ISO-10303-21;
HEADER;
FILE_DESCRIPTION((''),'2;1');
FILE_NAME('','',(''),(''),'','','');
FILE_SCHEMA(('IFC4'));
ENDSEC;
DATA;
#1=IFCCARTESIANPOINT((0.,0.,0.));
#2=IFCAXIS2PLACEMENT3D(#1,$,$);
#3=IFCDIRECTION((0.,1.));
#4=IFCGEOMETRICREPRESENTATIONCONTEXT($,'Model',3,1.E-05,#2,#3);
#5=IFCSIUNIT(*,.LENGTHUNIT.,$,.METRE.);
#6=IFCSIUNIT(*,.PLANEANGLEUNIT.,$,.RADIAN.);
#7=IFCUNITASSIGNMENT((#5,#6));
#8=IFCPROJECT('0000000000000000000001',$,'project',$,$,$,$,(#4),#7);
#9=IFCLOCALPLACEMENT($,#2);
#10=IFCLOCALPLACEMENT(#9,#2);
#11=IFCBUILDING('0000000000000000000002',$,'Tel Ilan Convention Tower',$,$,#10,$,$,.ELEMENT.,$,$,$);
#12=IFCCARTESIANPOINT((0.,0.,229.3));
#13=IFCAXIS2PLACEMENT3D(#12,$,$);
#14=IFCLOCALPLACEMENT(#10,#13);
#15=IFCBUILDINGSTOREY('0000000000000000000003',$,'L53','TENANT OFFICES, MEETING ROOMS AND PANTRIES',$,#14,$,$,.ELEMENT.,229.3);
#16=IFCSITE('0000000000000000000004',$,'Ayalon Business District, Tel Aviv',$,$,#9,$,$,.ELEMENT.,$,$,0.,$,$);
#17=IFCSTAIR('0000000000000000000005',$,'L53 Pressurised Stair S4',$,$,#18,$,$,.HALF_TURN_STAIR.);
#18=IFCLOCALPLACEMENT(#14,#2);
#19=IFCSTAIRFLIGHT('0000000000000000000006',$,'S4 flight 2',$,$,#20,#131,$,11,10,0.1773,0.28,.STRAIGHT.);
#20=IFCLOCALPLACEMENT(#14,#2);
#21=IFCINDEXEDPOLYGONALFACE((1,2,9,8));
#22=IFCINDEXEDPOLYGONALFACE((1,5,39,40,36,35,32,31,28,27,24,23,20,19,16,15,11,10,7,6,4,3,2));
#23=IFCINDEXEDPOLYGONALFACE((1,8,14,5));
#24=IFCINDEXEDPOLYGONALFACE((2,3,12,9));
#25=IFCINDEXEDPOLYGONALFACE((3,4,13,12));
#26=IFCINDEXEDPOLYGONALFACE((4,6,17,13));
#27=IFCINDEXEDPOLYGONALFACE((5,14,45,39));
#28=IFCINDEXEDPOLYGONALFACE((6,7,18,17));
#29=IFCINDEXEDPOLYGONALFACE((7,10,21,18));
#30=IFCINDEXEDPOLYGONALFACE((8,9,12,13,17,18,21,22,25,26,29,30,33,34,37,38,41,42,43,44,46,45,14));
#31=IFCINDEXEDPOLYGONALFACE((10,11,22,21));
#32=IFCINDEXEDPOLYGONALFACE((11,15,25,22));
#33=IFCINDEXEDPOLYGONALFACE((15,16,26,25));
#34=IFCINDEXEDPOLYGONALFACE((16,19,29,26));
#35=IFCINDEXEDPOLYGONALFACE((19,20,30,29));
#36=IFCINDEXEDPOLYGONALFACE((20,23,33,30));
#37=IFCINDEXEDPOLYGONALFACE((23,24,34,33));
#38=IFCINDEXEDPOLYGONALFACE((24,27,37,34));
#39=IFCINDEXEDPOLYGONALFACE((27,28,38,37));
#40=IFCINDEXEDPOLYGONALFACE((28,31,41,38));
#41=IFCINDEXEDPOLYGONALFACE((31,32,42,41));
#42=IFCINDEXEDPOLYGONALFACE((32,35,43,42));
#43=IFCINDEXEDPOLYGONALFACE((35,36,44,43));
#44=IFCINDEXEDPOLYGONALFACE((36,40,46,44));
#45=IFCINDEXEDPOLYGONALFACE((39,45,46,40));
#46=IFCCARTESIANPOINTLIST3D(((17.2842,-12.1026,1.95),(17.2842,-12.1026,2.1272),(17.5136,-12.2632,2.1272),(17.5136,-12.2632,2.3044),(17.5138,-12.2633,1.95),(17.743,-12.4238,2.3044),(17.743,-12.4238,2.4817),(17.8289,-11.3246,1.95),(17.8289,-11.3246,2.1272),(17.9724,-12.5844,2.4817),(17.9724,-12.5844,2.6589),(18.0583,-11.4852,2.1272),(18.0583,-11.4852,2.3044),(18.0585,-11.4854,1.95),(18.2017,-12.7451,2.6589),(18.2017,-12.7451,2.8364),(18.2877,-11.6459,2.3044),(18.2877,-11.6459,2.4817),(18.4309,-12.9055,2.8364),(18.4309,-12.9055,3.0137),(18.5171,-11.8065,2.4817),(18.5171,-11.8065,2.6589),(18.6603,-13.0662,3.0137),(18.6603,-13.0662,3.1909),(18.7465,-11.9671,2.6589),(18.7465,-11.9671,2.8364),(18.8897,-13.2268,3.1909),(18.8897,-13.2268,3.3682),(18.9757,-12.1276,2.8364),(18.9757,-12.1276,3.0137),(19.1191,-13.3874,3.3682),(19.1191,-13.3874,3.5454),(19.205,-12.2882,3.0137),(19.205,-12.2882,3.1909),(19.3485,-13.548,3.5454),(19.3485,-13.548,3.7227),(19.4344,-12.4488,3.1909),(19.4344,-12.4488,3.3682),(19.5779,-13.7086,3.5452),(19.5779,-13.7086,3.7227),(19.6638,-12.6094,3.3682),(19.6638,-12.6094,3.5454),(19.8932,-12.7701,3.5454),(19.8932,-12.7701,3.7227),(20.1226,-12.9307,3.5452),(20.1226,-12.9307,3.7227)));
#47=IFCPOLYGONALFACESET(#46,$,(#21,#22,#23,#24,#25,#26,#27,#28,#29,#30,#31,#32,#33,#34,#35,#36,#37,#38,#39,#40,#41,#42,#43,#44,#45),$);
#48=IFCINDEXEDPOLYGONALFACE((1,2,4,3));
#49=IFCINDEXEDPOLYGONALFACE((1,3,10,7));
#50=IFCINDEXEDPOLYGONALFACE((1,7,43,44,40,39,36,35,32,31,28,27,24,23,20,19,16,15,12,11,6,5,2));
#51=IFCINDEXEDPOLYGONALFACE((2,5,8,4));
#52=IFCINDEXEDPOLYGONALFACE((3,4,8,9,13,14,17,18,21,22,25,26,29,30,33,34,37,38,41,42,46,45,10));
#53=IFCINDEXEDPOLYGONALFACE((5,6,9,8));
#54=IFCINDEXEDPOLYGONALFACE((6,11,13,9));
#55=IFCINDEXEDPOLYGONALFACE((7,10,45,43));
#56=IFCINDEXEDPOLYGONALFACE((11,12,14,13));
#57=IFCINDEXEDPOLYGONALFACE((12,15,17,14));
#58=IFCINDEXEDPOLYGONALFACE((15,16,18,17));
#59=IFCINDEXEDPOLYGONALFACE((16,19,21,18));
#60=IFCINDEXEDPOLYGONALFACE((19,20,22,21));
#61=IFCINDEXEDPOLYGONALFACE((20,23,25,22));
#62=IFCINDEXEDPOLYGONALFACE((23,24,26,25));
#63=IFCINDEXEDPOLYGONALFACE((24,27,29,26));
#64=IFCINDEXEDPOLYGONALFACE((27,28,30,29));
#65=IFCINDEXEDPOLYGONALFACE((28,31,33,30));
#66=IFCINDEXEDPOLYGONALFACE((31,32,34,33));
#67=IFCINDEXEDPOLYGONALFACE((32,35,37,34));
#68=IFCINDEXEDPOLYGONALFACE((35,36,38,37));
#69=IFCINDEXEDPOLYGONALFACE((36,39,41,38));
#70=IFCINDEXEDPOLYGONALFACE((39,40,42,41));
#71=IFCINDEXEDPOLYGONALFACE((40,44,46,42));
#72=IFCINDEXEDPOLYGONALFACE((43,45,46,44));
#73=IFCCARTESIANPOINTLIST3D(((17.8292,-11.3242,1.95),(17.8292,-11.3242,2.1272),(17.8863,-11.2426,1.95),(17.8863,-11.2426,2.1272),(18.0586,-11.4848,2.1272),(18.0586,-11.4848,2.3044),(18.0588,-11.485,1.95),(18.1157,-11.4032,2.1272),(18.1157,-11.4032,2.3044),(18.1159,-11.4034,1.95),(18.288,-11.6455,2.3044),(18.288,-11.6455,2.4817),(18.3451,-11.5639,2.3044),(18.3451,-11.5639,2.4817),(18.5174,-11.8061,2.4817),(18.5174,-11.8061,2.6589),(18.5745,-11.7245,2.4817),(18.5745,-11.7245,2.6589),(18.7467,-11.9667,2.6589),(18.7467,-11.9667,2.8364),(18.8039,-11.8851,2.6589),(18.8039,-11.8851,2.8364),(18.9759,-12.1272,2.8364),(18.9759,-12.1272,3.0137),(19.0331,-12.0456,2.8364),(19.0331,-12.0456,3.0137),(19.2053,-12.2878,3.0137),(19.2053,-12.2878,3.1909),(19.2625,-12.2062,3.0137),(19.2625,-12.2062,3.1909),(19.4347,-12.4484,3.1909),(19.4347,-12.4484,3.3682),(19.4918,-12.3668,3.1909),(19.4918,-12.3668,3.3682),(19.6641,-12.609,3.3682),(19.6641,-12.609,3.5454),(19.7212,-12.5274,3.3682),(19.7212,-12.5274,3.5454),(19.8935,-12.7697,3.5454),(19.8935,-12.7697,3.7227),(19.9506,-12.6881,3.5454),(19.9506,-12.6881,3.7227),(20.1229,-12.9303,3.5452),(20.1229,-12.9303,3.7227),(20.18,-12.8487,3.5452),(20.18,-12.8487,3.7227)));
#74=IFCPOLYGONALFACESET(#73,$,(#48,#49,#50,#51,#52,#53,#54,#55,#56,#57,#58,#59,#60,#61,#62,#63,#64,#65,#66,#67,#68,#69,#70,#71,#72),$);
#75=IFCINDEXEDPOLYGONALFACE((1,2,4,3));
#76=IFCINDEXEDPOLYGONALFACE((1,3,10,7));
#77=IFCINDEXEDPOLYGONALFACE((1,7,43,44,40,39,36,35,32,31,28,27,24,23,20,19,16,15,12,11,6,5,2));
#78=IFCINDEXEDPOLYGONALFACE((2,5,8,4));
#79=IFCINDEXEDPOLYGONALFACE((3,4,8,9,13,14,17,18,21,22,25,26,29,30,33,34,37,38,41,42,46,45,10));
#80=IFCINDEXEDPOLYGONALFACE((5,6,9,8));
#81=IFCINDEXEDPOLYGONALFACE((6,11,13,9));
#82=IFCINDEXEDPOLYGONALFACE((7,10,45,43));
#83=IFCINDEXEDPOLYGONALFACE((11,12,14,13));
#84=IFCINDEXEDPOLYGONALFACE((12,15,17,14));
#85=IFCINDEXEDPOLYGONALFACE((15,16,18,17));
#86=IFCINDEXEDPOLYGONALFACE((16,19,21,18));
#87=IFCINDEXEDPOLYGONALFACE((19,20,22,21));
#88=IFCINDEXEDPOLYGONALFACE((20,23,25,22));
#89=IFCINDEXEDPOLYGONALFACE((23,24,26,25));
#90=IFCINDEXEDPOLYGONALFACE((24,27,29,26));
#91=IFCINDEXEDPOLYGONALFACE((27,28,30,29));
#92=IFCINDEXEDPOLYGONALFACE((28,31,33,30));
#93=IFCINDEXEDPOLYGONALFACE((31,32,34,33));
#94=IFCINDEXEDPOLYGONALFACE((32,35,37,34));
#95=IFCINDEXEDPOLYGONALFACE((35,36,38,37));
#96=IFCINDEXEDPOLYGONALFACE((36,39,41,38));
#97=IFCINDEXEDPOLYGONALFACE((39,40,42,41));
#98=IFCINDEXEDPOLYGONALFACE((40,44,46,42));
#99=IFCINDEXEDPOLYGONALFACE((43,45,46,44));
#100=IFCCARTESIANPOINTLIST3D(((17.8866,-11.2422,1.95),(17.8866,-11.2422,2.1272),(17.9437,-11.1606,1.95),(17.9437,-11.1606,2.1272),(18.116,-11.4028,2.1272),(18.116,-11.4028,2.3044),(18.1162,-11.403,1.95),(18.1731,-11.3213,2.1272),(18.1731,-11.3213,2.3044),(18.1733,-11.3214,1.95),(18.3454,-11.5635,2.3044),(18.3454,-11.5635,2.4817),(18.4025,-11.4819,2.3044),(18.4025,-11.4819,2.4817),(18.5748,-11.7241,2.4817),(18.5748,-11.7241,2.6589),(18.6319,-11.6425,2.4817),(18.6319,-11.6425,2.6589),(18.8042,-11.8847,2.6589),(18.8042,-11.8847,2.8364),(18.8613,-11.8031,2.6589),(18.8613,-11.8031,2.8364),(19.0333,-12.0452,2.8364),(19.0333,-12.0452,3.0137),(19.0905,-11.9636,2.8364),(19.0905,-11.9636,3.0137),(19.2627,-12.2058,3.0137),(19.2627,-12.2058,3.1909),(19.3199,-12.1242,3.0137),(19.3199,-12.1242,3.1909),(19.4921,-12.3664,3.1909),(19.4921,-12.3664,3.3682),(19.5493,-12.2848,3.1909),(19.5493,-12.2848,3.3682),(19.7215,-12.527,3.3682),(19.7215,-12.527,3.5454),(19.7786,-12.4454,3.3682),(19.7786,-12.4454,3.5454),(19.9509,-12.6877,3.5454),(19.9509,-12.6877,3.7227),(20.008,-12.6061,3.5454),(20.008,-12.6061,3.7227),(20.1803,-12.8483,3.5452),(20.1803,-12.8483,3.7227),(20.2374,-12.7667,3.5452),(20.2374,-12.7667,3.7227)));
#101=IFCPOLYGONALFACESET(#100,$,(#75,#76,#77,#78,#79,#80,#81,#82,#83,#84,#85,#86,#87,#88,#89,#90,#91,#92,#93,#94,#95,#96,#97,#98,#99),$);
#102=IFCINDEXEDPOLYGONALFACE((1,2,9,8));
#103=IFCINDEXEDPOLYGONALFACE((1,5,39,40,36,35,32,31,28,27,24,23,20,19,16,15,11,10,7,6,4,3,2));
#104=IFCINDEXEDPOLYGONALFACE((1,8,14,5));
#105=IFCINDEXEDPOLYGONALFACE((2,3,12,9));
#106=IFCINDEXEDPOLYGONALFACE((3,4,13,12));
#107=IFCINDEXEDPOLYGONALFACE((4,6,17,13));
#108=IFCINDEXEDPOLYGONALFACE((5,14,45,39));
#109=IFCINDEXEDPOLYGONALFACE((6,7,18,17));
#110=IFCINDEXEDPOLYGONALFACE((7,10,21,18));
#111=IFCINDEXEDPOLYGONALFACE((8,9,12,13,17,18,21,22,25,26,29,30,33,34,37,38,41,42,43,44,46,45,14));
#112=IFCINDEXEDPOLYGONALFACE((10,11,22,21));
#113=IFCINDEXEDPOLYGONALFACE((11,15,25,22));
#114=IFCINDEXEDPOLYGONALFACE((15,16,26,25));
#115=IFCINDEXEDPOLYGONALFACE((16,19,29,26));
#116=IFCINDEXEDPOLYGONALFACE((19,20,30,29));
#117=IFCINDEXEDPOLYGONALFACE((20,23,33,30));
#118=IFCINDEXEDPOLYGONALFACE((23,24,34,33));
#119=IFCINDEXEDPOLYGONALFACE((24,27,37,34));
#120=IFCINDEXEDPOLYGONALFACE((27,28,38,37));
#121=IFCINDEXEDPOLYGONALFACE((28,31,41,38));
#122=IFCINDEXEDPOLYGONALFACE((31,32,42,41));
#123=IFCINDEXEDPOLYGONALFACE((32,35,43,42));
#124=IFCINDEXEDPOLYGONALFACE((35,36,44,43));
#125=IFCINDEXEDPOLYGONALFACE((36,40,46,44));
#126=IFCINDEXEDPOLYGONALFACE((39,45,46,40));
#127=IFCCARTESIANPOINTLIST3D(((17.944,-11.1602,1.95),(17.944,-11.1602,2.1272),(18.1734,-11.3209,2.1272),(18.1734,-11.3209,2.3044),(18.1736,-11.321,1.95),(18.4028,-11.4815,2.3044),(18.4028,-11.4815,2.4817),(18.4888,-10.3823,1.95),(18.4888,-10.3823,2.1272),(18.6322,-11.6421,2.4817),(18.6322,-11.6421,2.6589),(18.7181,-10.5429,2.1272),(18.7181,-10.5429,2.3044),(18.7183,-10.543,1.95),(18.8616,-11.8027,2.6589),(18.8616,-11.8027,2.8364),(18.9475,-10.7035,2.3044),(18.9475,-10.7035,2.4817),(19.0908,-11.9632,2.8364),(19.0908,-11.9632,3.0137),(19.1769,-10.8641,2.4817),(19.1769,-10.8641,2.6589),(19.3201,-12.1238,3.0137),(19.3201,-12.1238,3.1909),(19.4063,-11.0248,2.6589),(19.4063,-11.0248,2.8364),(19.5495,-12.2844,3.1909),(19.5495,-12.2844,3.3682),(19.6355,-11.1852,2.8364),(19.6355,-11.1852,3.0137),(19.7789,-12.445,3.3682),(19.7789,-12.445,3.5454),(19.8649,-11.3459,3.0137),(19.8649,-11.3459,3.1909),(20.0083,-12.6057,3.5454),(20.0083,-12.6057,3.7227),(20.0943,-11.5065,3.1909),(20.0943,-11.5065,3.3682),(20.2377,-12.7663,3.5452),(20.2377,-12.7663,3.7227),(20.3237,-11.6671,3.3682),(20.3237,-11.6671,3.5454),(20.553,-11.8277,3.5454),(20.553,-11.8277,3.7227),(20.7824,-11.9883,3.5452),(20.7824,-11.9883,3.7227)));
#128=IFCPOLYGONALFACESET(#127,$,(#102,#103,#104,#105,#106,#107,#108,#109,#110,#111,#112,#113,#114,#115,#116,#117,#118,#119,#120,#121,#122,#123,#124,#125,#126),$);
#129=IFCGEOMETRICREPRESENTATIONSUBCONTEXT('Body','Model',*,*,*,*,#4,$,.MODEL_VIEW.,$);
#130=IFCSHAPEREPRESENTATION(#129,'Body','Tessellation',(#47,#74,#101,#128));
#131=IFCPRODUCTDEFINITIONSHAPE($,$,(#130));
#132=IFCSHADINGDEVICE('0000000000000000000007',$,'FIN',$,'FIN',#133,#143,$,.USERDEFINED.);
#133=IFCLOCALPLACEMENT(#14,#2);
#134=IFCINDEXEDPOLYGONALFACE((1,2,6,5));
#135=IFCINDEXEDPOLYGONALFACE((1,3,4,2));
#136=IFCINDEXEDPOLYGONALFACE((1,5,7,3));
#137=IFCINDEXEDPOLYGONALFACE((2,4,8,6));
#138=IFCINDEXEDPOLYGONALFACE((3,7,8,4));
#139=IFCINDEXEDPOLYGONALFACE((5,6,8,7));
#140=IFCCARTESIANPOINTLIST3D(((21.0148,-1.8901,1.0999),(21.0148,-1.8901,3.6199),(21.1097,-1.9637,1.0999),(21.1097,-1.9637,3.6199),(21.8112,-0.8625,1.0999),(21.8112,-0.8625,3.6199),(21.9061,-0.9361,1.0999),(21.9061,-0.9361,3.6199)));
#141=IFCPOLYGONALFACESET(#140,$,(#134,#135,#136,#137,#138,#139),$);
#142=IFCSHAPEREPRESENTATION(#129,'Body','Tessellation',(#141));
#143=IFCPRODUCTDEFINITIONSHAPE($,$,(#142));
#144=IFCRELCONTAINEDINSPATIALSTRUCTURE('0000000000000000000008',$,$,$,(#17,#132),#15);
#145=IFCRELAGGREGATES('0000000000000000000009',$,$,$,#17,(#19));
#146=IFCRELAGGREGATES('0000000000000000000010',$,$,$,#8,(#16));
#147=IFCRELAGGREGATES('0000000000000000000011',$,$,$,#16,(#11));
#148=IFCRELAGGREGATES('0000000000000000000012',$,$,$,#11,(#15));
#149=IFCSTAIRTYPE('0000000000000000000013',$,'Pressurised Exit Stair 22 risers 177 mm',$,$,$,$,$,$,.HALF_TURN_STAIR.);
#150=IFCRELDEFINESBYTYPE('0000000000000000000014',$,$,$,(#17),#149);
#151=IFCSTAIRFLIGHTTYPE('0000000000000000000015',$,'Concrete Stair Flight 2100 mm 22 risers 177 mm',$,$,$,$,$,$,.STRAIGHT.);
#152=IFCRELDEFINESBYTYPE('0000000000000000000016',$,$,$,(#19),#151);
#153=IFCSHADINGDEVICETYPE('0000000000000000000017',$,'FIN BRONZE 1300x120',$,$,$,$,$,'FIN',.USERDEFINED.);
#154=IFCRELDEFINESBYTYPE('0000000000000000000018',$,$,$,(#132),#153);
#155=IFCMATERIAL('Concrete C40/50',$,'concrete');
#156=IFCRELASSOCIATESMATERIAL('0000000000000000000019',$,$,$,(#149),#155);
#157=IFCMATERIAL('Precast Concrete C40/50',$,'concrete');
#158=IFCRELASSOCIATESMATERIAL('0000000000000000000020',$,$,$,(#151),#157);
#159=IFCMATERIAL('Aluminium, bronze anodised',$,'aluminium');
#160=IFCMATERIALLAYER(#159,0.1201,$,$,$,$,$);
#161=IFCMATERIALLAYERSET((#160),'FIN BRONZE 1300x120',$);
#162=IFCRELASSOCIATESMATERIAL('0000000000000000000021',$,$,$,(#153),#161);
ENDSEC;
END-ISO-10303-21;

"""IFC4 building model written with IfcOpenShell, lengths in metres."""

from ifc_helpers import new_model, si_unit, direction, frame, origin, origin_2d, place, context, subcontext, project, spatial, polyline, rectangle, outline, extrude, material, layer, layer_set, type_object, element, aggregate, save


model = new_model("IFC4")

# Units and contexts
model_context = context("Model", 3, precision=1e-05, world=origin(), true_north=direction((0.0, 1.0)))
body_context = subcontext(model_context, "Body", "Model", "MODEL_VIEW")
ifc_project = project(units=[si_unit("LENGTHUNIT", "METRE"), si_unit("PLANEANGLEUNIT", "RADIAN")], contexts=[model_context])

# Site, building, storey
site_placement = place(None, origin())
site = spatial("IfcSite", under=ifc_project, at=site_placement, Name="Ayalon Business District, Tel Aviv", CompositionType="ELEMENT", RefElevation=0.0)
building_placement = place(site_placement, origin())
building = spatial("IfcBuilding", under=site, at=building_placement, Name="Tel Ilan Convention Tower", CompositionType="ELEMENT")
storey_placement = place(building_placement, frame((0.0, 0.0, 229.3)))
storey = spatial("IfcBuildingStorey", under=building, at=storey_placement, Name="L53", Description="TENANT OFFICES, MEETING ROOMS AND PANTRIES", CompositionType="ELEMENT", Elevation=229.3)

# Shared definitions
ifc_material_1 = material(Name="Concrete C40/50", Category="concrete")
stair_type = type_object("IfcStairType", Name="Pressurised Exit Stair 22 risers 177 mm", PredefinedType="HALF_TURN_STAIR", material=ifc_material_1)
ifc_material_2 = material(Name="Precast Concrete C40/50", Category="concrete")
stair_flight_type = type_object("IfcStairFlightType", Name="Concrete Stair Flight 2100 mm 22 risers 177 mm", PredefinedType="STRAIGHT", material=ifc_material_2)

# Stair, stair flight
stair_1_placement = place(storey_placement, origin())
stair_1 = element("IfcStair", 1, at=stair_1_placement, inside=storey, type_object=stair_type, Name="L53 Pressurised Stair S4", PredefinedType="HALF_TURN_STAIR")
stair_flight_1_placement = place(storey_placement, frame((17.8865, -11.2424, 1.95), z_axis=(0.0, 0.0, 1.0), x_axis=(0.819152, -0.573576, 0.0)))
stair_flight_1 = element("IfcStairFlight", 2, at=stair_flight_1_placement, type_object=stair_flight_type, Name="S4 flight 2", NumberOfRisers=11, NumberOfTreads=10, PredefinedType="STRAIGHT", RiserHeight=0.1773, TreadLength=0.28, context=body_context, shape_type="SweptSolid", body=[
    extrude(outline(polyline([(0.0, 0.0), (0.0, 0.1772), (0.28, 0.1772), (0.28, 0.3545), (0.5601, 0.3545), (0.5601, 0.5317), (0.8401, 0.5317), (0.8401, 0.709), (1.1201, 0.709), (1.1201, 0.8865), (1.3999, 0.8865), (1.3999, 1.0637), (1.6799, 1.0637), (1.6799, 1.241), (1.96, 1.241), (1.96, 1.4182), (2.24, 1.4182), (2.24, 1.5955), (2.52, 1.5955), (2.52, 1.7727), (2.8, 1.7727), (2.8, 1.95), (2.8, 1.5952), (0.2803, 0.0), (0.0, 0.0)])), frame((0.0, -0.1003, 0.0), z_axis=(0.0, -1.0, 0.0), x_axis=(1.0, 0.0, 0.0)), (0.0, 0.0, 1.0), 0.9497),
    extrude(outline(polyline([(0.0, 0.0), (0.0, 0.1772), (0.28, 0.1772), (0.28, 0.3545), (0.5601, 0.3545), (0.5601, 0.5317), (0.8401, 0.5317), (0.8401, 0.709), (1.1201, 0.709), (1.1201, 0.8865), (1.3999, 0.8865), (1.3999, 1.0637), (1.6799, 1.0637), (1.6799, 1.241), (1.96, 1.241), (1.96, 1.4182), (2.24, 1.4182), (2.24, 1.5955), (2.52, 1.5955), (2.52, 1.7727), (2.8, 1.7727), (2.8, 1.95), (2.8, 1.5952), (0.2803, 0.0), (0.0, 0.0)])), frame((0.0, -0.0002, 0.0), z_axis=(0.0, -1.0, 0.0), x_axis=(1.0, 0.0, 0.0)), (0.0, 0.0, 1.0), 0.0996),
    extrude(outline(polyline([(0.0, 0.0), (0.0, 0.1772), (0.28, 0.1772), (0.28, 0.3545), (0.5601, 0.3545), (0.5601, 0.5317), (0.8401, 0.5317), (0.8401, 0.709), (1.1201, 0.709), (1.1201, 0.8865), (1.3999, 0.8865), (1.3999, 1.0637), (1.6799, 1.0637), (1.6799, 1.241), (1.96, 1.241), (1.96, 1.4182), (2.24, 1.4182), (2.24, 1.5955), (2.52, 1.5955), (2.52, 1.7727), (2.8, 1.7727), (2.8, 1.95), (2.8, 1.5952), (0.2803, 0.0), (0.0, 0.0)])), frame((0.0, 0.0999, 0.0), z_axis=(0.0, -1.0, 0.0), x_axis=(1.0, 0.0, 0.0)), (0.0, 0.0, 1.0), 0.0996),
    extrude(outline(polyline([(0.0, 0.0), (0.0, 0.1772), (0.28, 0.1772), (0.28, 0.3545), (0.5601, 0.3545), (0.5601, 0.5317), (0.8401, 0.5317), (0.8401, 0.709), (1.1201, 0.709), (1.1201, 0.8865), (1.3999, 0.8865), (1.3999, 1.0637), (1.6799, 1.0637), (1.6799, 1.241), (1.96, 1.241), (1.96, 1.4182), (2.24, 1.4182), (2.24, 1.5955), (2.52, 1.5955), (2.52, 1.7727), (2.8, 1.7727), (2.8, 1.95), (2.8, 1.5952), (0.2803, 0.0), (0.0, 0.0)])), frame((0.0, 1.05, 0.0), z_axis=(0.0, -1.0, 0.0), x_axis=(1.0, 0.0, 0.0)), (0.0, 0.0, 1.0), 0.9497),
])
aggregate(stair_1, [stair_flight_1])

# Shading device
ifc_material_3 = material(Name="Aluminium, bronze anodised", Category="aluminium")
ifc_layer_1 = layer(ifc_material_3, 0.1201)
ifc_layer_set_1 = layer_set([ifc_layer_1], Name="FIN BRONZE 1300x120")
shading_device_type = type_object("IfcShadingDeviceType", Name="FIN BRONZE 1300x120", ElementType="FIN", PredefinedType="USERDEFINED", material=ifc_layer_set_1)
shading_device_placement = place(storey_placement, frame((21.4604, -1.4131, 1.0999), z_axis=(0.0, 0.0, 1.0), x_axis=(0.612601, 0.790393, 0.0)))
element("IfcShadingDevice", 3, at=shading_device_placement, inside=storey, type_object=shading_device_type, Name="FIN", ObjectType="FIN", PredefinedType="USERDEFINED", context=body_context, shape_type="SweptSolid", body=[
    extrude(rectangle(XDim=1.3, YDim=0.1201, at=origin_2d()), origin(), (0.0, 0.0, 1.0), 2.52),
])

save(model, "model.ifc")
